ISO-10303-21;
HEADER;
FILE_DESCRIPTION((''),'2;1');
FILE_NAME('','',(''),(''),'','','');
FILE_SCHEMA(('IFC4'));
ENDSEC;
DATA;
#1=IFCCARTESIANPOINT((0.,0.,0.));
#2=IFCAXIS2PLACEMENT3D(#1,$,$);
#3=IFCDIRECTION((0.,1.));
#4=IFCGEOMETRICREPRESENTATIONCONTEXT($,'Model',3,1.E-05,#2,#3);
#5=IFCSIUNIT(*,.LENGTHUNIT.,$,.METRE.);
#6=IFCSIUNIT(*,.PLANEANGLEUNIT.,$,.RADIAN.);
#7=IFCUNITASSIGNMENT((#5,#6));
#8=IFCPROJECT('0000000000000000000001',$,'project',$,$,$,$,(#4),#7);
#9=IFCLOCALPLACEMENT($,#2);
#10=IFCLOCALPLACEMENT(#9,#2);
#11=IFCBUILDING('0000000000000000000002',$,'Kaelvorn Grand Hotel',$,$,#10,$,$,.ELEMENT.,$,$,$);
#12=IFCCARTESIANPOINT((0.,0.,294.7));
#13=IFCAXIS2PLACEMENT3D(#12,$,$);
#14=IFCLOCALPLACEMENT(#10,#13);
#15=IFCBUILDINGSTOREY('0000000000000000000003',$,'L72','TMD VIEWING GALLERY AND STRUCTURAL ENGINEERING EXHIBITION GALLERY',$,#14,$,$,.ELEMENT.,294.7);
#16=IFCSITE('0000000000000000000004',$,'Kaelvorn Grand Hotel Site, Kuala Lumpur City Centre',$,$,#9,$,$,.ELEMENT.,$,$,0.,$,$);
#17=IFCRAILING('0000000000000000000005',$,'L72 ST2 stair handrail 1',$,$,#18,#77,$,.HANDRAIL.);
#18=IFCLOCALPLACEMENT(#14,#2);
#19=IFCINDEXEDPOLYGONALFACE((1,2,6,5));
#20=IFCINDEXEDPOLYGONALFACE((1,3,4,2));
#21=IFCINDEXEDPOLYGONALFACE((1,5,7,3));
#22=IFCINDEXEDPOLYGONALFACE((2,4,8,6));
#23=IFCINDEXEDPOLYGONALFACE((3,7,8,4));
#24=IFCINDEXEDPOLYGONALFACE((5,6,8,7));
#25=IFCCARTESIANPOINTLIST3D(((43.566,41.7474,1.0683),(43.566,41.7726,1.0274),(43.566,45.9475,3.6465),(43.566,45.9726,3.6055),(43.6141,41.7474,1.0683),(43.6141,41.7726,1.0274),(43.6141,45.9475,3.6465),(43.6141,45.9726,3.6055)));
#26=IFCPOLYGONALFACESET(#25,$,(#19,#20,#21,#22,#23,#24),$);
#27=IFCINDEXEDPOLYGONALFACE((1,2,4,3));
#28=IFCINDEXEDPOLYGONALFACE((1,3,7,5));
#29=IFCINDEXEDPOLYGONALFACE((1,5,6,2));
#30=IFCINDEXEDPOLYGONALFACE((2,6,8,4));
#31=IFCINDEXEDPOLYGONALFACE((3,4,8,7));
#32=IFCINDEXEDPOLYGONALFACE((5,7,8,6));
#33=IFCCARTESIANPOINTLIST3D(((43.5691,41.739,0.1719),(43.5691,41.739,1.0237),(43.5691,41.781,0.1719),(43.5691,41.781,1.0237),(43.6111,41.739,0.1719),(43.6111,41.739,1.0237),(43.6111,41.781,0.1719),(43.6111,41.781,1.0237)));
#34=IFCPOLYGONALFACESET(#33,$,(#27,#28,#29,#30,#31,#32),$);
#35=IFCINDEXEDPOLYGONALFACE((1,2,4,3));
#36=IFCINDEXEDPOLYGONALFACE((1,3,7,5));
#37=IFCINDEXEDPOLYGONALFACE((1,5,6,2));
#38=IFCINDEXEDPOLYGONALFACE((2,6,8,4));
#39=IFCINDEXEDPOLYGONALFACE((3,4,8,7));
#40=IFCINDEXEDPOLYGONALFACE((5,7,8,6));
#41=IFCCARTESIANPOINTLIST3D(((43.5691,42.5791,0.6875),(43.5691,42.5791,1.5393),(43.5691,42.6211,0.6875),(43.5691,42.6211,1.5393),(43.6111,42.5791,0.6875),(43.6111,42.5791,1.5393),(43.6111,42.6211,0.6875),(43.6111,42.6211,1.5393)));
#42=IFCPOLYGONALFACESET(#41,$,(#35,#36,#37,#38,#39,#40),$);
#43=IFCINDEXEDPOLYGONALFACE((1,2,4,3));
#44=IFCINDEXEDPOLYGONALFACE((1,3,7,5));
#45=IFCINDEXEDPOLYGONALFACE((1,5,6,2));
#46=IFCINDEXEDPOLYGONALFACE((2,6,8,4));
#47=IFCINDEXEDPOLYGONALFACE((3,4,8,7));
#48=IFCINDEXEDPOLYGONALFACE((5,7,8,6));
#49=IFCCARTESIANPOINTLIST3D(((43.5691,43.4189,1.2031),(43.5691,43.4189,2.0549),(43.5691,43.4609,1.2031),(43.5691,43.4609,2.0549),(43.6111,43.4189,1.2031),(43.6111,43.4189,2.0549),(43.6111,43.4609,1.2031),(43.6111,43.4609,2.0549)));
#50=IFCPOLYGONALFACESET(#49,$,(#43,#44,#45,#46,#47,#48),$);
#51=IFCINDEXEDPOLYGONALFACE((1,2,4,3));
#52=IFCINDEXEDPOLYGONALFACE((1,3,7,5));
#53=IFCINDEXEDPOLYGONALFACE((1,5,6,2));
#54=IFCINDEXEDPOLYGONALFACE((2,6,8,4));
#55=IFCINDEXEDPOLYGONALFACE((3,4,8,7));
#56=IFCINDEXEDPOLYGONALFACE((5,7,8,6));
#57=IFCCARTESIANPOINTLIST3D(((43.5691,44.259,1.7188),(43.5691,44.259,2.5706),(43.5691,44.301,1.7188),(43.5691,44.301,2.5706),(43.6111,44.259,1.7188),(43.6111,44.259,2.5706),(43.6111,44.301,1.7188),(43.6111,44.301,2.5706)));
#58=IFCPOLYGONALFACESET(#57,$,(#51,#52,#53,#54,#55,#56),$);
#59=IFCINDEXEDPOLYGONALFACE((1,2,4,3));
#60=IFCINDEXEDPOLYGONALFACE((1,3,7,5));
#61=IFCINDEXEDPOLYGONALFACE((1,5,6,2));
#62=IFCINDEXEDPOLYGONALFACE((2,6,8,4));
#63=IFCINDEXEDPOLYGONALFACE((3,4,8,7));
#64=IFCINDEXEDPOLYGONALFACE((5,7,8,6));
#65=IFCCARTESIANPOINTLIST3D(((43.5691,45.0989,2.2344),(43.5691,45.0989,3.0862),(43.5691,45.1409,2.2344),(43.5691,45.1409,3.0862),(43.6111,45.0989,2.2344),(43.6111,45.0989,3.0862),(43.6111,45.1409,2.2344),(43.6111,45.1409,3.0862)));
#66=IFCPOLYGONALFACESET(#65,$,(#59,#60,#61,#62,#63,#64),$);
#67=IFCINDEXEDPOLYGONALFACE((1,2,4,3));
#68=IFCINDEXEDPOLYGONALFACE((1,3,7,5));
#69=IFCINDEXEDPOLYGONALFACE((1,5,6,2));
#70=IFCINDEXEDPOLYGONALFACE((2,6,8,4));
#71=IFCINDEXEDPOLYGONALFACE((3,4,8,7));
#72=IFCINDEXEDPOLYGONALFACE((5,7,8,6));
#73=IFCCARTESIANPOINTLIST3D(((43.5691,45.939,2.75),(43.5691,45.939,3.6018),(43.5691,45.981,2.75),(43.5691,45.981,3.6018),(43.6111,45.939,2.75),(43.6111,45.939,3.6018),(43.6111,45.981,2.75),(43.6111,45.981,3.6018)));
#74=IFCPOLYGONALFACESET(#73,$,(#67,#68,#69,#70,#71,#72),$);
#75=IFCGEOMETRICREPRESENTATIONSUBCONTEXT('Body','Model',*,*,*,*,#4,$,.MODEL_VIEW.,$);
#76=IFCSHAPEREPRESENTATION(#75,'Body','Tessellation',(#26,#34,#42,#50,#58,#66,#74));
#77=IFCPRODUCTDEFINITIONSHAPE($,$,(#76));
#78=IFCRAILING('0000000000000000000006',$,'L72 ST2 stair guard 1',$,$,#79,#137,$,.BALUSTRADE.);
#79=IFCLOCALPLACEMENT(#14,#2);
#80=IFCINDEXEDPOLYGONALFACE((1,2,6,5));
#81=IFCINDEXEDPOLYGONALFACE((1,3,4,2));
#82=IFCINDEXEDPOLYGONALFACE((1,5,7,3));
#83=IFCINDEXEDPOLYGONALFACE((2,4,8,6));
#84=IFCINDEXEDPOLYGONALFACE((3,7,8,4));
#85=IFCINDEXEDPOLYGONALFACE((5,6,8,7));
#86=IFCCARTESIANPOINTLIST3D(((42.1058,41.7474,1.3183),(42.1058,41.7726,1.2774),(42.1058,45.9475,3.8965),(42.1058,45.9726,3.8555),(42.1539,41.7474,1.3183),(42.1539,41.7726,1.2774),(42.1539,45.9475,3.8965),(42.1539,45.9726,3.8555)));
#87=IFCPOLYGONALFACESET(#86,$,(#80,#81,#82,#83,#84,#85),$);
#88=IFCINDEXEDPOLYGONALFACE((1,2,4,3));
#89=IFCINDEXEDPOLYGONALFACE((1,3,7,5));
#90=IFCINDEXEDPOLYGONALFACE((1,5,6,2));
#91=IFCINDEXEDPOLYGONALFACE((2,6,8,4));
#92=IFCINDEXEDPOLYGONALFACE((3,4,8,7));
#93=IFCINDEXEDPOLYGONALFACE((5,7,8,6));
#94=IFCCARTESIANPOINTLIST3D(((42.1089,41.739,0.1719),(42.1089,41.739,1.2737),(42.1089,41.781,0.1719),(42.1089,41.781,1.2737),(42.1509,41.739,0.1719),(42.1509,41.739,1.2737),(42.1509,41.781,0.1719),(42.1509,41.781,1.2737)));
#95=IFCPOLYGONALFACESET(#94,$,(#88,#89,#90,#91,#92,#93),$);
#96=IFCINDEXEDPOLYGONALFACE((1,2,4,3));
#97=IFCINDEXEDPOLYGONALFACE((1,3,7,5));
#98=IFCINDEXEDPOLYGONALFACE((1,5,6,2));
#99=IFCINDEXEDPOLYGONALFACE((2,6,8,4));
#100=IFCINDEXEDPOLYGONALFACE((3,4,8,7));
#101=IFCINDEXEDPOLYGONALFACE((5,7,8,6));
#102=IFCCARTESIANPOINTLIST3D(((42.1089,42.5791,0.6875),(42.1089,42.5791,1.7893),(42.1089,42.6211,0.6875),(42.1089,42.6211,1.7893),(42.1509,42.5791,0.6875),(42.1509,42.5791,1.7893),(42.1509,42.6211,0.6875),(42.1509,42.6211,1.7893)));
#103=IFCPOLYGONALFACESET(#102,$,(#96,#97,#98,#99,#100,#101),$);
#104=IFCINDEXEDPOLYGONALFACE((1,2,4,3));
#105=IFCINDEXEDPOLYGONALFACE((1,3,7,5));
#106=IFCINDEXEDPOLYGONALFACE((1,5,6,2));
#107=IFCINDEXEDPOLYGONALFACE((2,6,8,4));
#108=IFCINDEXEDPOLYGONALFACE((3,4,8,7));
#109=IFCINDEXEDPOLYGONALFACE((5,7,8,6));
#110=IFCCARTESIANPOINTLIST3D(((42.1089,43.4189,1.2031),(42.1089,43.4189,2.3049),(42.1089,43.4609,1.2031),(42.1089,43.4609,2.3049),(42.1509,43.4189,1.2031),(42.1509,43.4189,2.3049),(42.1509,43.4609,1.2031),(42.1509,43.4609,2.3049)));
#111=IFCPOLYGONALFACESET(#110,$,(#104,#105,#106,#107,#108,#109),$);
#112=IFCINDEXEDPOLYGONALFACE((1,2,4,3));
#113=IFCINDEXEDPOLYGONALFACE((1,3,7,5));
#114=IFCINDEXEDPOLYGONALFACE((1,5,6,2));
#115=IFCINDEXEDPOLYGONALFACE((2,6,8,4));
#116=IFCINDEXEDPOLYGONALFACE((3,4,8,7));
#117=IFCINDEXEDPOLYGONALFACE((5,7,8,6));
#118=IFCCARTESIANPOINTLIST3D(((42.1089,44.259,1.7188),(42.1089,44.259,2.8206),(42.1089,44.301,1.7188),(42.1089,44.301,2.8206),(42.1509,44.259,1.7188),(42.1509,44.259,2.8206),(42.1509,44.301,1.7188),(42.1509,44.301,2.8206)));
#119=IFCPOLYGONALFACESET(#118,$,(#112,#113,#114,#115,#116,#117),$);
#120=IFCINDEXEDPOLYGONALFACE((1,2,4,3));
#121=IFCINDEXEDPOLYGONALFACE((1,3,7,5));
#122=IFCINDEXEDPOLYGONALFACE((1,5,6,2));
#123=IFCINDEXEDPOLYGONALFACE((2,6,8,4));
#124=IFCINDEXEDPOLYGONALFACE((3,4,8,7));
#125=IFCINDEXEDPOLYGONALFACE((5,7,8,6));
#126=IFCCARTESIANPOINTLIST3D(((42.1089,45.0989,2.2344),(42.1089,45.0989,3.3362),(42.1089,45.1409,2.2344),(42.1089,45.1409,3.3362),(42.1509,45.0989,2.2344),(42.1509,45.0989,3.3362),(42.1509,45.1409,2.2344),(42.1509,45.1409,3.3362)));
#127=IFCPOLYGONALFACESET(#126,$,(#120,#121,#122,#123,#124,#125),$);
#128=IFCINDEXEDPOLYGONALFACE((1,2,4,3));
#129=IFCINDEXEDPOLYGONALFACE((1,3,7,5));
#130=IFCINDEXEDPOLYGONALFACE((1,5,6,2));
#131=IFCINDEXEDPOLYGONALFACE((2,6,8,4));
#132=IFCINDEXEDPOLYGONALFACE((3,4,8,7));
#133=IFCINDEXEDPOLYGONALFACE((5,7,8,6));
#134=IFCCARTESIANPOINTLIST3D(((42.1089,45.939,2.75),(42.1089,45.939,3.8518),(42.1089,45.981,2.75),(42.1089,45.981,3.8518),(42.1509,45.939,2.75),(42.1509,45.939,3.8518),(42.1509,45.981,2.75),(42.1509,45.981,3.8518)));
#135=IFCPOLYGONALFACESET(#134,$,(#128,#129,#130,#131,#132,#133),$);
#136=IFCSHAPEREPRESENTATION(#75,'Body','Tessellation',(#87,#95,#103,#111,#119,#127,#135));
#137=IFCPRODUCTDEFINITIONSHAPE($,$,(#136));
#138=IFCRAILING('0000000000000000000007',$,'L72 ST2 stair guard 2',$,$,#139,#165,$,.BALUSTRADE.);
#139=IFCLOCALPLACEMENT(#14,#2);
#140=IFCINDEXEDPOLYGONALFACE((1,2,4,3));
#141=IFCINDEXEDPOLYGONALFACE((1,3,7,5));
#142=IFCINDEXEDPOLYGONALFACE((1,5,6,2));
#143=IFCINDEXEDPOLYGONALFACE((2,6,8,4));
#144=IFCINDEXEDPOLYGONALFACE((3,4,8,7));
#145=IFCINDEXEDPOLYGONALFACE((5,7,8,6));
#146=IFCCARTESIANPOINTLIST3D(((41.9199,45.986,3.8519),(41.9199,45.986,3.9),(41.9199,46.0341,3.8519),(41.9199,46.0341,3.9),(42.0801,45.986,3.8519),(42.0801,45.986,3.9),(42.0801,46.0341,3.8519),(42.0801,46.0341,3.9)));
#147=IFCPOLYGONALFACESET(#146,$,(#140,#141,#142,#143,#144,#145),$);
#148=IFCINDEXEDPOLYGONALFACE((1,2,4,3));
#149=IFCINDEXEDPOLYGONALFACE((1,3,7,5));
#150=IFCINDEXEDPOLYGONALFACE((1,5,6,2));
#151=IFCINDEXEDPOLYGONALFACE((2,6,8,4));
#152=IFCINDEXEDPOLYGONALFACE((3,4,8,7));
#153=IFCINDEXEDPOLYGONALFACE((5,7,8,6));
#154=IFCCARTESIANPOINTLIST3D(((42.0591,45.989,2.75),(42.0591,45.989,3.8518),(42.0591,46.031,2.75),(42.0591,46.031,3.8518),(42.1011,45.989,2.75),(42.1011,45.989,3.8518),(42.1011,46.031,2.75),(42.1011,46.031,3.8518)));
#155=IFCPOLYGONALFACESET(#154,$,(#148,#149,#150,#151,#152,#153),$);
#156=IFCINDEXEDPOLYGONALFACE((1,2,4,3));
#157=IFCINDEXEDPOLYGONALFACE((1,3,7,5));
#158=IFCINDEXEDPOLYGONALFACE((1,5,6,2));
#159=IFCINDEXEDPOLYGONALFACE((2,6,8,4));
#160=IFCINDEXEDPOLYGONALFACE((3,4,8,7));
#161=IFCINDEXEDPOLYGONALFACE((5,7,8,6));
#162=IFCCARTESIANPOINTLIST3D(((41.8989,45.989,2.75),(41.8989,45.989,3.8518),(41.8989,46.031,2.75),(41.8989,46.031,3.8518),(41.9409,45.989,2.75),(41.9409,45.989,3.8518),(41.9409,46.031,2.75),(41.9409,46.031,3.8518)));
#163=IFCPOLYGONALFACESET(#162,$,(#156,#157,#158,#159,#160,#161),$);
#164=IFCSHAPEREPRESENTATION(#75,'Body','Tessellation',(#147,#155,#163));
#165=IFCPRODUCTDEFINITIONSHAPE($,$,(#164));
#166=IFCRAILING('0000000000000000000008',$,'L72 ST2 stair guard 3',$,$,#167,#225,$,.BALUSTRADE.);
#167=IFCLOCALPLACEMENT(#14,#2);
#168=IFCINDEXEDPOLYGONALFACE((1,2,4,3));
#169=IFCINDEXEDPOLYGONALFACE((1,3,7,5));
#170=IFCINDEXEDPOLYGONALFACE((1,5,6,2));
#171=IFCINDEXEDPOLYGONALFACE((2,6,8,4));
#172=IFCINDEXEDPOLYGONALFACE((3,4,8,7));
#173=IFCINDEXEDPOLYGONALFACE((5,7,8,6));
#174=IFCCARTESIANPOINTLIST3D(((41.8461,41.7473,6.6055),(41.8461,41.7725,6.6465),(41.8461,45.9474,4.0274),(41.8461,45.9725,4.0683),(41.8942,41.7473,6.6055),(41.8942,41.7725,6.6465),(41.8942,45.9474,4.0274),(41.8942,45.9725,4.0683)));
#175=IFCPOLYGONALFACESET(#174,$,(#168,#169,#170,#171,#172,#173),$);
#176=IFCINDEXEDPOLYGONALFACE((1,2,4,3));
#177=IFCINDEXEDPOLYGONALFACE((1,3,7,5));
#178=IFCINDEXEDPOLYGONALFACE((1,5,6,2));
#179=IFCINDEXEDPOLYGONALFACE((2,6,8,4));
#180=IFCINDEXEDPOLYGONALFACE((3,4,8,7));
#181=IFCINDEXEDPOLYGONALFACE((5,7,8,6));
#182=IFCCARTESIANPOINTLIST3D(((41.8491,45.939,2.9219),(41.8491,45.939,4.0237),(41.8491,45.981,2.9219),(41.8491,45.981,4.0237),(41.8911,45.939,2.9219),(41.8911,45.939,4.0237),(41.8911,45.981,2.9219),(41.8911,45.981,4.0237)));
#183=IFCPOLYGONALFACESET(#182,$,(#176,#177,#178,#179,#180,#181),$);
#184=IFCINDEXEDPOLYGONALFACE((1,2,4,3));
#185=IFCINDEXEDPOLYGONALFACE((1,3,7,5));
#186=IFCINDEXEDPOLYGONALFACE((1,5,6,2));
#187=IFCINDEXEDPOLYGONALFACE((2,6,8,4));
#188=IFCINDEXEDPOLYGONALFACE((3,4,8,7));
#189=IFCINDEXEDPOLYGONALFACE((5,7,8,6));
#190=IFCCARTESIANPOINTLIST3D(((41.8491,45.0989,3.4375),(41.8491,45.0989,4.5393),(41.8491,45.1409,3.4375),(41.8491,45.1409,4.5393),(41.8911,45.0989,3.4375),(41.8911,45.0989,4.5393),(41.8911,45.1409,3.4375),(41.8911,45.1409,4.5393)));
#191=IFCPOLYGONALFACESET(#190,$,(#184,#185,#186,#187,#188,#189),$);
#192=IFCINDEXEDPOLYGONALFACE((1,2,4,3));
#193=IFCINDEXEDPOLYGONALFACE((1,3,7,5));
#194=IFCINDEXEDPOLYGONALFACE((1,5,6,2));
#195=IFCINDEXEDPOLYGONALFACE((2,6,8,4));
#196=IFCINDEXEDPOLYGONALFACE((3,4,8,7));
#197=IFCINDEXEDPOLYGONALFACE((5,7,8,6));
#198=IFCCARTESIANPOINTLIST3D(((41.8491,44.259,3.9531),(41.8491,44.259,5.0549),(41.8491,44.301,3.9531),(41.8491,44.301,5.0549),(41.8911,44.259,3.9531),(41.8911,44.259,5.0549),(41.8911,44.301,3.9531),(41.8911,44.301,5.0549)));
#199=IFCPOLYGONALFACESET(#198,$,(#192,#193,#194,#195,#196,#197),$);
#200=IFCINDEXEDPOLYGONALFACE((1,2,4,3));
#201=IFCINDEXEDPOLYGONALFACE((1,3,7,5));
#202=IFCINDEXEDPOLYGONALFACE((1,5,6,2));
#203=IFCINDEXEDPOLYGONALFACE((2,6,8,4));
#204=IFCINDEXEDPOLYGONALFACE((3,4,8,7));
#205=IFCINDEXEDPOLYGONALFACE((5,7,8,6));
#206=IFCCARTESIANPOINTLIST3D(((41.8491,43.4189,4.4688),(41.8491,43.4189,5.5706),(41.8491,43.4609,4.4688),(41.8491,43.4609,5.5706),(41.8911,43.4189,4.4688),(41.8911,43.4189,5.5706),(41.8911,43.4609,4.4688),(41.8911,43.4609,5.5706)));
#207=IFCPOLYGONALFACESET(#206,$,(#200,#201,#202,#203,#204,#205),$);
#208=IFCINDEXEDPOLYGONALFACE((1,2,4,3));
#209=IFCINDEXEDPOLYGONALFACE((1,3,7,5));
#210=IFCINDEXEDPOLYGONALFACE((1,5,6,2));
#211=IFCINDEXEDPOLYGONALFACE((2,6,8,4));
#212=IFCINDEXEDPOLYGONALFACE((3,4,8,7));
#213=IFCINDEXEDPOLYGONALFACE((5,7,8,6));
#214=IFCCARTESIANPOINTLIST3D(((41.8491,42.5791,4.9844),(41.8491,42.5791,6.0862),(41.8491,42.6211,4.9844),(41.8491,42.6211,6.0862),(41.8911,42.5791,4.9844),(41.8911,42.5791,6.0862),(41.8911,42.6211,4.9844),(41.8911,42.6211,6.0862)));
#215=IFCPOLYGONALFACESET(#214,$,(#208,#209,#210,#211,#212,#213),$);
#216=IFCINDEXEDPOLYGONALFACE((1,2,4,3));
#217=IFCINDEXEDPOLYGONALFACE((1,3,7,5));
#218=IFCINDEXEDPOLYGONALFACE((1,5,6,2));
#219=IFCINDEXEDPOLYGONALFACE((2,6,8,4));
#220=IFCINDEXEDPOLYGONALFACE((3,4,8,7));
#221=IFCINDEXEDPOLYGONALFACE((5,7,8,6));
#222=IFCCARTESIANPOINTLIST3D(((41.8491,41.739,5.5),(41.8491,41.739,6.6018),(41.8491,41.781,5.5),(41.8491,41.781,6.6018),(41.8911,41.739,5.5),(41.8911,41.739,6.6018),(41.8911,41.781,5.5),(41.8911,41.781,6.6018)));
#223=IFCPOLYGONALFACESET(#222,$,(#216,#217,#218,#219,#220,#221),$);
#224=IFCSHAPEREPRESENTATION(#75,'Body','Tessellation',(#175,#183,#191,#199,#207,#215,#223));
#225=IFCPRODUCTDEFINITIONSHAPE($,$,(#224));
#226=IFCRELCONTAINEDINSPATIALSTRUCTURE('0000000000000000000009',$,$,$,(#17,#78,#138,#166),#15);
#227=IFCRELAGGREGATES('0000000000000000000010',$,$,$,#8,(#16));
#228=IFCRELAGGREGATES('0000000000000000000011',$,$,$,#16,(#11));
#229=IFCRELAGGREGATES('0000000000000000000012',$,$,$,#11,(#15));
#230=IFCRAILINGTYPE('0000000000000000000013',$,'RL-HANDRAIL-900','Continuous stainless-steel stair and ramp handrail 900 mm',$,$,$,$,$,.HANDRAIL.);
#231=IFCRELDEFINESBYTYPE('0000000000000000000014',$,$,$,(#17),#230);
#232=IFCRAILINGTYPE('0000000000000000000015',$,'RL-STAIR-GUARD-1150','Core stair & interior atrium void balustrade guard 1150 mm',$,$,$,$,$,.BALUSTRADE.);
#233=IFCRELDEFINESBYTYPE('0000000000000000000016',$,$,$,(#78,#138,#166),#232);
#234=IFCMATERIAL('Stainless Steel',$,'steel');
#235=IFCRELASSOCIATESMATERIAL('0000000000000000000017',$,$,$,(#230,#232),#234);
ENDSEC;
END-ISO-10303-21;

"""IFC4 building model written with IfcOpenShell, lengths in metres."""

from ifc_helpers import new_model, si_unit, direction, frame, origin, origin_2d, place, context, subcontext, project, spatial, rectangle, extrude, material, type_object, element, save


model = new_model("IFC4")

# Units and contexts
model_context = context("Model", 3, precision=1e-05, world=origin(), true_north=direction((0.0, 1.0)))
body_context = subcontext(model_context, "Body", "Model", "MODEL_VIEW")
ifc_project = project(units=[si_unit("LENGTHUNIT", "METRE"), si_unit("PLANEANGLEUNIT", "RADIAN")], contexts=[model_context])

# Site, building, storey
site_placement = place(None, origin())
site = spatial("IfcSite", under=ifc_project, at=site_placement, Name="Kaelvorn Grand Hotel Site, Kuala Lumpur City Centre", CompositionType="ELEMENT", RefElevation=0.0)
building_placement = place(site_placement, origin())
building = spatial("IfcBuilding", under=site, at=building_placement, Name="Kaelvorn Grand Hotel", CompositionType="ELEMENT")
storey_placement = place(building_placement, frame((0.0, 0.0, 294.7)))
storey = spatial("IfcBuildingStorey", under=building, at=storey_placement, Name="L72", Description="TMD VIEWING GALLERY AND STRUCTURAL ENGINEERING EXHIBITION GALLERY", CompositionType="ELEMENT", Elevation=294.7)

# Shared definitions
ifc_material_1 = material(Name="Stainless Steel", Category="steel")

# Railings
railing_type_1 = type_object("IfcRailingType", Name="RL-HANDRAIL-900", Description="Continuous stainless-steel stair and ramp handrail 900 mm", PredefinedType="HANDRAIL", material=ifc_material_1)
railing_1_placement = place(storey_placement, frame((43.5901, 41.76, 0.1719)))
element("IfcRailing", 1, at=railing_1_placement, inside=storey, type_object=railing_type_1, Name="L72 ST2 stair handrail 1", PredefinedType="HANDRAIL", context=body_context, shape_type="SweptSolid", body=[
    extrude(rectangle(XDim=0.0481, YDim=0.0481, at=origin_2d()), frame((0.0, 0.0, 0.876), z_axis=(0.0, 0.852243, 0.523146), x_axis=(-1.0, 0.0, 0.0)), (0.0, 0.0, 1.0), 4.9282),
    extrude(rectangle(XDim=0.042, YDim=0.042, at=origin_2d()), origin(), (0.0, 0.0, 1.0), 0.8518),
    extrude(rectangle(XDim=0.042, YDim=0.042, at=origin_2d()), frame((0.0, 0.8401, 0.5156)), (0.0, 0.0, 1.0), 0.8518),
    extrude(rectangle(XDim=0.042, YDim=0.042, at=origin_2d()), frame((0.0, 1.6799, 1.0312)), (0.0, 0.0, 1.0), 0.8518),
    extrude(rectangle(XDim=0.042, YDim=0.042, at=origin_2d()), frame((0.0, 2.52, 1.5469)), (0.0, 0.0, 1.0), 0.8518),
    extrude(rectangle(XDim=0.042, YDim=0.042, at=origin_2d()), frame((0.0, 3.3599, 2.0625)), (0.0, 0.0, 1.0), 0.8518),
    extrude(rectangle(XDim=0.042, YDim=0.042, at=origin_2d()), frame((0.0, 4.2, 2.5781)), (0.0, 0.0, 1.0), 0.8518),
])
railing_type_2 = type_object("IfcRailingType", Name="RL-STAIR-GUARD-1150", Description="Core stair & interior atrium void balustrade guard 1150 mm", PredefinedType="BALUSTRADE", material=ifc_material_1)
railing_2_placement = place(storey_placement, frame((42.1299, 41.76, 0.1719)))
element("IfcRailing", 2, at=railing_2_placement, inside=storey, type_object=railing_type_2, Name="L72 ST2 stair guard 1", PredefinedType="BALUSTRADE", context=body_context, shape_type="SweptSolid", body=[
    extrude(rectangle(XDim=0.0481, YDim=0.0481, at=origin_2d()), frame((0.0, 0.0, 1.126), z_axis=(0.0, 0.852243, 0.523146), x_axis=(-1.0, 0.0, 0.0)), (0.0, 0.0, 1.0), 4.9282),
    extrude(rectangle(XDim=0.042, YDim=0.042, at=origin_2d()), origin(), (0.0, 0.0, 1.0), 1.1018),
    extrude(rectangle(XDim=0.042, YDim=0.042, at=origin_2d()), frame((0.0, 0.8401, 0.5156)), (0.0, 0.0, 1.0), 1.1018),
    extrude(rectangle(XDim=0.042, YDim=0.042, at=origin_2d()), frame((0.0, 1.6799, 1.0312)), (0.0, 0.0, 1.0), 1.1018),
    extrude(rectangle(XDim=0.042, YDim=0.042, at=origin_2d()), frame((0.0, 2.52, 1.5469)), (0.0, 0.0, 1.0), 1.1018),
    extrude(rectangle(XDim=0.042, YDim=0.042, at=origin_2d()), frame((0.0, 3.3599, 2.0625)), (0.0, 0.0, 1.0), 1.1018),
    extrude(rectangle(XDim=0.042, YDim=0.042, at=origin_2d()), frame((0.0, 4.2, 2.5781)), (0.0, 0.0, 1.0), 1.1018),
])
railing_3_placement = place(storey_placement, frame((42.0801, 46.01, 2.75)))
element("IfcRailing", 3, at=railing_3_placement, inside=storey, type_object=railing_type_2, Name="L72 ST2 stair guard 2", PredefinedType="BALUSTRADE", context=body_context, shape_type="SweptSolid", body=[
    extrude(rectangle(XDim=0.0481, YDim=0.0481, at=origin_2d()), frame((0.0, 0.0, 1.126), z_axis=(-1.0, 0.0, 0.0), x_axis=(0.0, -1.0, 0.0)), (0.0, 0.0, 1.0), 0.1602),
    extrude(rectangle(XDim=0.042, YDim=0.042, at=origin_2d()), origin(), (0.0, 0.0, 1.0), 1.1018),
    extrude(rectangle(XDim=0.042, YDim=0.042, at=origin_2d()), frame((-0.1602, 0.0, 0.0)), (0.0, 0.0, 1.0), 1.1018),
])
railing_4_placement = place(storey_placement, frame((41.8701, 45.96, 2.9219)))
element("IfcRailing", 4, at=railing_4_placement, inside=storey, type_object=railing_type_2, Name="L72 ST2 stair guard 3", PredefinedType="BALUSTRADE", context=body_context, shape_type="SweptSolid", body=[
    extrude(rectangle(XDim=0.0481, YDim=0.0481, at=origin_2d()), frame((0.0, 0.0, 1.126), z_axis=(0.0, -0.852243, 0.523146), x_axis=(1.0, 0.0, 0.0)), (0.0, 0.0, 1.0), 4.9282),
    extrude(rectangle(XDim=0.042, YDim=0.042, at=origin_2d()), origin(), (0.0, 0.0, 1.0), 1.1018),
    extrude(rectangle(XDim=0.042, YDim=0.042, at=origin_2d()), frame((0.0, -0.8401, 0.5156)), (0.0, 0.0, 1.0), 1.1018),
    extrude(rectangle(XDim=0.042, YDim=0.042, at=origin_2d()), frame((0.0, -1.6799, 1.0312)), (0.0, 0.0, 1.0), 1.1018),
    extrude(rectangle(XDim=0.042, YDim=0.042, at=origin_2d()), frame((0.0, -2.52, 1.5469)), (0.0, 0.0, 1.0), 1.1018),
    extrude(rectangle(XDim=0.042, YDim=0.042, at=origin_2d()), frame((0.0, -3.3599, 2.0625)), (0.0, 0.0, 1.0), 1.1018),
    extrude(rectangle(XDim=0.042, YDim=0.042, at=origin_2d()), frame((0.0, -4.2, 2.5781)), (0.0, 0.0, 1.0), 1.1018),
])

save(model, "model.ifc")
